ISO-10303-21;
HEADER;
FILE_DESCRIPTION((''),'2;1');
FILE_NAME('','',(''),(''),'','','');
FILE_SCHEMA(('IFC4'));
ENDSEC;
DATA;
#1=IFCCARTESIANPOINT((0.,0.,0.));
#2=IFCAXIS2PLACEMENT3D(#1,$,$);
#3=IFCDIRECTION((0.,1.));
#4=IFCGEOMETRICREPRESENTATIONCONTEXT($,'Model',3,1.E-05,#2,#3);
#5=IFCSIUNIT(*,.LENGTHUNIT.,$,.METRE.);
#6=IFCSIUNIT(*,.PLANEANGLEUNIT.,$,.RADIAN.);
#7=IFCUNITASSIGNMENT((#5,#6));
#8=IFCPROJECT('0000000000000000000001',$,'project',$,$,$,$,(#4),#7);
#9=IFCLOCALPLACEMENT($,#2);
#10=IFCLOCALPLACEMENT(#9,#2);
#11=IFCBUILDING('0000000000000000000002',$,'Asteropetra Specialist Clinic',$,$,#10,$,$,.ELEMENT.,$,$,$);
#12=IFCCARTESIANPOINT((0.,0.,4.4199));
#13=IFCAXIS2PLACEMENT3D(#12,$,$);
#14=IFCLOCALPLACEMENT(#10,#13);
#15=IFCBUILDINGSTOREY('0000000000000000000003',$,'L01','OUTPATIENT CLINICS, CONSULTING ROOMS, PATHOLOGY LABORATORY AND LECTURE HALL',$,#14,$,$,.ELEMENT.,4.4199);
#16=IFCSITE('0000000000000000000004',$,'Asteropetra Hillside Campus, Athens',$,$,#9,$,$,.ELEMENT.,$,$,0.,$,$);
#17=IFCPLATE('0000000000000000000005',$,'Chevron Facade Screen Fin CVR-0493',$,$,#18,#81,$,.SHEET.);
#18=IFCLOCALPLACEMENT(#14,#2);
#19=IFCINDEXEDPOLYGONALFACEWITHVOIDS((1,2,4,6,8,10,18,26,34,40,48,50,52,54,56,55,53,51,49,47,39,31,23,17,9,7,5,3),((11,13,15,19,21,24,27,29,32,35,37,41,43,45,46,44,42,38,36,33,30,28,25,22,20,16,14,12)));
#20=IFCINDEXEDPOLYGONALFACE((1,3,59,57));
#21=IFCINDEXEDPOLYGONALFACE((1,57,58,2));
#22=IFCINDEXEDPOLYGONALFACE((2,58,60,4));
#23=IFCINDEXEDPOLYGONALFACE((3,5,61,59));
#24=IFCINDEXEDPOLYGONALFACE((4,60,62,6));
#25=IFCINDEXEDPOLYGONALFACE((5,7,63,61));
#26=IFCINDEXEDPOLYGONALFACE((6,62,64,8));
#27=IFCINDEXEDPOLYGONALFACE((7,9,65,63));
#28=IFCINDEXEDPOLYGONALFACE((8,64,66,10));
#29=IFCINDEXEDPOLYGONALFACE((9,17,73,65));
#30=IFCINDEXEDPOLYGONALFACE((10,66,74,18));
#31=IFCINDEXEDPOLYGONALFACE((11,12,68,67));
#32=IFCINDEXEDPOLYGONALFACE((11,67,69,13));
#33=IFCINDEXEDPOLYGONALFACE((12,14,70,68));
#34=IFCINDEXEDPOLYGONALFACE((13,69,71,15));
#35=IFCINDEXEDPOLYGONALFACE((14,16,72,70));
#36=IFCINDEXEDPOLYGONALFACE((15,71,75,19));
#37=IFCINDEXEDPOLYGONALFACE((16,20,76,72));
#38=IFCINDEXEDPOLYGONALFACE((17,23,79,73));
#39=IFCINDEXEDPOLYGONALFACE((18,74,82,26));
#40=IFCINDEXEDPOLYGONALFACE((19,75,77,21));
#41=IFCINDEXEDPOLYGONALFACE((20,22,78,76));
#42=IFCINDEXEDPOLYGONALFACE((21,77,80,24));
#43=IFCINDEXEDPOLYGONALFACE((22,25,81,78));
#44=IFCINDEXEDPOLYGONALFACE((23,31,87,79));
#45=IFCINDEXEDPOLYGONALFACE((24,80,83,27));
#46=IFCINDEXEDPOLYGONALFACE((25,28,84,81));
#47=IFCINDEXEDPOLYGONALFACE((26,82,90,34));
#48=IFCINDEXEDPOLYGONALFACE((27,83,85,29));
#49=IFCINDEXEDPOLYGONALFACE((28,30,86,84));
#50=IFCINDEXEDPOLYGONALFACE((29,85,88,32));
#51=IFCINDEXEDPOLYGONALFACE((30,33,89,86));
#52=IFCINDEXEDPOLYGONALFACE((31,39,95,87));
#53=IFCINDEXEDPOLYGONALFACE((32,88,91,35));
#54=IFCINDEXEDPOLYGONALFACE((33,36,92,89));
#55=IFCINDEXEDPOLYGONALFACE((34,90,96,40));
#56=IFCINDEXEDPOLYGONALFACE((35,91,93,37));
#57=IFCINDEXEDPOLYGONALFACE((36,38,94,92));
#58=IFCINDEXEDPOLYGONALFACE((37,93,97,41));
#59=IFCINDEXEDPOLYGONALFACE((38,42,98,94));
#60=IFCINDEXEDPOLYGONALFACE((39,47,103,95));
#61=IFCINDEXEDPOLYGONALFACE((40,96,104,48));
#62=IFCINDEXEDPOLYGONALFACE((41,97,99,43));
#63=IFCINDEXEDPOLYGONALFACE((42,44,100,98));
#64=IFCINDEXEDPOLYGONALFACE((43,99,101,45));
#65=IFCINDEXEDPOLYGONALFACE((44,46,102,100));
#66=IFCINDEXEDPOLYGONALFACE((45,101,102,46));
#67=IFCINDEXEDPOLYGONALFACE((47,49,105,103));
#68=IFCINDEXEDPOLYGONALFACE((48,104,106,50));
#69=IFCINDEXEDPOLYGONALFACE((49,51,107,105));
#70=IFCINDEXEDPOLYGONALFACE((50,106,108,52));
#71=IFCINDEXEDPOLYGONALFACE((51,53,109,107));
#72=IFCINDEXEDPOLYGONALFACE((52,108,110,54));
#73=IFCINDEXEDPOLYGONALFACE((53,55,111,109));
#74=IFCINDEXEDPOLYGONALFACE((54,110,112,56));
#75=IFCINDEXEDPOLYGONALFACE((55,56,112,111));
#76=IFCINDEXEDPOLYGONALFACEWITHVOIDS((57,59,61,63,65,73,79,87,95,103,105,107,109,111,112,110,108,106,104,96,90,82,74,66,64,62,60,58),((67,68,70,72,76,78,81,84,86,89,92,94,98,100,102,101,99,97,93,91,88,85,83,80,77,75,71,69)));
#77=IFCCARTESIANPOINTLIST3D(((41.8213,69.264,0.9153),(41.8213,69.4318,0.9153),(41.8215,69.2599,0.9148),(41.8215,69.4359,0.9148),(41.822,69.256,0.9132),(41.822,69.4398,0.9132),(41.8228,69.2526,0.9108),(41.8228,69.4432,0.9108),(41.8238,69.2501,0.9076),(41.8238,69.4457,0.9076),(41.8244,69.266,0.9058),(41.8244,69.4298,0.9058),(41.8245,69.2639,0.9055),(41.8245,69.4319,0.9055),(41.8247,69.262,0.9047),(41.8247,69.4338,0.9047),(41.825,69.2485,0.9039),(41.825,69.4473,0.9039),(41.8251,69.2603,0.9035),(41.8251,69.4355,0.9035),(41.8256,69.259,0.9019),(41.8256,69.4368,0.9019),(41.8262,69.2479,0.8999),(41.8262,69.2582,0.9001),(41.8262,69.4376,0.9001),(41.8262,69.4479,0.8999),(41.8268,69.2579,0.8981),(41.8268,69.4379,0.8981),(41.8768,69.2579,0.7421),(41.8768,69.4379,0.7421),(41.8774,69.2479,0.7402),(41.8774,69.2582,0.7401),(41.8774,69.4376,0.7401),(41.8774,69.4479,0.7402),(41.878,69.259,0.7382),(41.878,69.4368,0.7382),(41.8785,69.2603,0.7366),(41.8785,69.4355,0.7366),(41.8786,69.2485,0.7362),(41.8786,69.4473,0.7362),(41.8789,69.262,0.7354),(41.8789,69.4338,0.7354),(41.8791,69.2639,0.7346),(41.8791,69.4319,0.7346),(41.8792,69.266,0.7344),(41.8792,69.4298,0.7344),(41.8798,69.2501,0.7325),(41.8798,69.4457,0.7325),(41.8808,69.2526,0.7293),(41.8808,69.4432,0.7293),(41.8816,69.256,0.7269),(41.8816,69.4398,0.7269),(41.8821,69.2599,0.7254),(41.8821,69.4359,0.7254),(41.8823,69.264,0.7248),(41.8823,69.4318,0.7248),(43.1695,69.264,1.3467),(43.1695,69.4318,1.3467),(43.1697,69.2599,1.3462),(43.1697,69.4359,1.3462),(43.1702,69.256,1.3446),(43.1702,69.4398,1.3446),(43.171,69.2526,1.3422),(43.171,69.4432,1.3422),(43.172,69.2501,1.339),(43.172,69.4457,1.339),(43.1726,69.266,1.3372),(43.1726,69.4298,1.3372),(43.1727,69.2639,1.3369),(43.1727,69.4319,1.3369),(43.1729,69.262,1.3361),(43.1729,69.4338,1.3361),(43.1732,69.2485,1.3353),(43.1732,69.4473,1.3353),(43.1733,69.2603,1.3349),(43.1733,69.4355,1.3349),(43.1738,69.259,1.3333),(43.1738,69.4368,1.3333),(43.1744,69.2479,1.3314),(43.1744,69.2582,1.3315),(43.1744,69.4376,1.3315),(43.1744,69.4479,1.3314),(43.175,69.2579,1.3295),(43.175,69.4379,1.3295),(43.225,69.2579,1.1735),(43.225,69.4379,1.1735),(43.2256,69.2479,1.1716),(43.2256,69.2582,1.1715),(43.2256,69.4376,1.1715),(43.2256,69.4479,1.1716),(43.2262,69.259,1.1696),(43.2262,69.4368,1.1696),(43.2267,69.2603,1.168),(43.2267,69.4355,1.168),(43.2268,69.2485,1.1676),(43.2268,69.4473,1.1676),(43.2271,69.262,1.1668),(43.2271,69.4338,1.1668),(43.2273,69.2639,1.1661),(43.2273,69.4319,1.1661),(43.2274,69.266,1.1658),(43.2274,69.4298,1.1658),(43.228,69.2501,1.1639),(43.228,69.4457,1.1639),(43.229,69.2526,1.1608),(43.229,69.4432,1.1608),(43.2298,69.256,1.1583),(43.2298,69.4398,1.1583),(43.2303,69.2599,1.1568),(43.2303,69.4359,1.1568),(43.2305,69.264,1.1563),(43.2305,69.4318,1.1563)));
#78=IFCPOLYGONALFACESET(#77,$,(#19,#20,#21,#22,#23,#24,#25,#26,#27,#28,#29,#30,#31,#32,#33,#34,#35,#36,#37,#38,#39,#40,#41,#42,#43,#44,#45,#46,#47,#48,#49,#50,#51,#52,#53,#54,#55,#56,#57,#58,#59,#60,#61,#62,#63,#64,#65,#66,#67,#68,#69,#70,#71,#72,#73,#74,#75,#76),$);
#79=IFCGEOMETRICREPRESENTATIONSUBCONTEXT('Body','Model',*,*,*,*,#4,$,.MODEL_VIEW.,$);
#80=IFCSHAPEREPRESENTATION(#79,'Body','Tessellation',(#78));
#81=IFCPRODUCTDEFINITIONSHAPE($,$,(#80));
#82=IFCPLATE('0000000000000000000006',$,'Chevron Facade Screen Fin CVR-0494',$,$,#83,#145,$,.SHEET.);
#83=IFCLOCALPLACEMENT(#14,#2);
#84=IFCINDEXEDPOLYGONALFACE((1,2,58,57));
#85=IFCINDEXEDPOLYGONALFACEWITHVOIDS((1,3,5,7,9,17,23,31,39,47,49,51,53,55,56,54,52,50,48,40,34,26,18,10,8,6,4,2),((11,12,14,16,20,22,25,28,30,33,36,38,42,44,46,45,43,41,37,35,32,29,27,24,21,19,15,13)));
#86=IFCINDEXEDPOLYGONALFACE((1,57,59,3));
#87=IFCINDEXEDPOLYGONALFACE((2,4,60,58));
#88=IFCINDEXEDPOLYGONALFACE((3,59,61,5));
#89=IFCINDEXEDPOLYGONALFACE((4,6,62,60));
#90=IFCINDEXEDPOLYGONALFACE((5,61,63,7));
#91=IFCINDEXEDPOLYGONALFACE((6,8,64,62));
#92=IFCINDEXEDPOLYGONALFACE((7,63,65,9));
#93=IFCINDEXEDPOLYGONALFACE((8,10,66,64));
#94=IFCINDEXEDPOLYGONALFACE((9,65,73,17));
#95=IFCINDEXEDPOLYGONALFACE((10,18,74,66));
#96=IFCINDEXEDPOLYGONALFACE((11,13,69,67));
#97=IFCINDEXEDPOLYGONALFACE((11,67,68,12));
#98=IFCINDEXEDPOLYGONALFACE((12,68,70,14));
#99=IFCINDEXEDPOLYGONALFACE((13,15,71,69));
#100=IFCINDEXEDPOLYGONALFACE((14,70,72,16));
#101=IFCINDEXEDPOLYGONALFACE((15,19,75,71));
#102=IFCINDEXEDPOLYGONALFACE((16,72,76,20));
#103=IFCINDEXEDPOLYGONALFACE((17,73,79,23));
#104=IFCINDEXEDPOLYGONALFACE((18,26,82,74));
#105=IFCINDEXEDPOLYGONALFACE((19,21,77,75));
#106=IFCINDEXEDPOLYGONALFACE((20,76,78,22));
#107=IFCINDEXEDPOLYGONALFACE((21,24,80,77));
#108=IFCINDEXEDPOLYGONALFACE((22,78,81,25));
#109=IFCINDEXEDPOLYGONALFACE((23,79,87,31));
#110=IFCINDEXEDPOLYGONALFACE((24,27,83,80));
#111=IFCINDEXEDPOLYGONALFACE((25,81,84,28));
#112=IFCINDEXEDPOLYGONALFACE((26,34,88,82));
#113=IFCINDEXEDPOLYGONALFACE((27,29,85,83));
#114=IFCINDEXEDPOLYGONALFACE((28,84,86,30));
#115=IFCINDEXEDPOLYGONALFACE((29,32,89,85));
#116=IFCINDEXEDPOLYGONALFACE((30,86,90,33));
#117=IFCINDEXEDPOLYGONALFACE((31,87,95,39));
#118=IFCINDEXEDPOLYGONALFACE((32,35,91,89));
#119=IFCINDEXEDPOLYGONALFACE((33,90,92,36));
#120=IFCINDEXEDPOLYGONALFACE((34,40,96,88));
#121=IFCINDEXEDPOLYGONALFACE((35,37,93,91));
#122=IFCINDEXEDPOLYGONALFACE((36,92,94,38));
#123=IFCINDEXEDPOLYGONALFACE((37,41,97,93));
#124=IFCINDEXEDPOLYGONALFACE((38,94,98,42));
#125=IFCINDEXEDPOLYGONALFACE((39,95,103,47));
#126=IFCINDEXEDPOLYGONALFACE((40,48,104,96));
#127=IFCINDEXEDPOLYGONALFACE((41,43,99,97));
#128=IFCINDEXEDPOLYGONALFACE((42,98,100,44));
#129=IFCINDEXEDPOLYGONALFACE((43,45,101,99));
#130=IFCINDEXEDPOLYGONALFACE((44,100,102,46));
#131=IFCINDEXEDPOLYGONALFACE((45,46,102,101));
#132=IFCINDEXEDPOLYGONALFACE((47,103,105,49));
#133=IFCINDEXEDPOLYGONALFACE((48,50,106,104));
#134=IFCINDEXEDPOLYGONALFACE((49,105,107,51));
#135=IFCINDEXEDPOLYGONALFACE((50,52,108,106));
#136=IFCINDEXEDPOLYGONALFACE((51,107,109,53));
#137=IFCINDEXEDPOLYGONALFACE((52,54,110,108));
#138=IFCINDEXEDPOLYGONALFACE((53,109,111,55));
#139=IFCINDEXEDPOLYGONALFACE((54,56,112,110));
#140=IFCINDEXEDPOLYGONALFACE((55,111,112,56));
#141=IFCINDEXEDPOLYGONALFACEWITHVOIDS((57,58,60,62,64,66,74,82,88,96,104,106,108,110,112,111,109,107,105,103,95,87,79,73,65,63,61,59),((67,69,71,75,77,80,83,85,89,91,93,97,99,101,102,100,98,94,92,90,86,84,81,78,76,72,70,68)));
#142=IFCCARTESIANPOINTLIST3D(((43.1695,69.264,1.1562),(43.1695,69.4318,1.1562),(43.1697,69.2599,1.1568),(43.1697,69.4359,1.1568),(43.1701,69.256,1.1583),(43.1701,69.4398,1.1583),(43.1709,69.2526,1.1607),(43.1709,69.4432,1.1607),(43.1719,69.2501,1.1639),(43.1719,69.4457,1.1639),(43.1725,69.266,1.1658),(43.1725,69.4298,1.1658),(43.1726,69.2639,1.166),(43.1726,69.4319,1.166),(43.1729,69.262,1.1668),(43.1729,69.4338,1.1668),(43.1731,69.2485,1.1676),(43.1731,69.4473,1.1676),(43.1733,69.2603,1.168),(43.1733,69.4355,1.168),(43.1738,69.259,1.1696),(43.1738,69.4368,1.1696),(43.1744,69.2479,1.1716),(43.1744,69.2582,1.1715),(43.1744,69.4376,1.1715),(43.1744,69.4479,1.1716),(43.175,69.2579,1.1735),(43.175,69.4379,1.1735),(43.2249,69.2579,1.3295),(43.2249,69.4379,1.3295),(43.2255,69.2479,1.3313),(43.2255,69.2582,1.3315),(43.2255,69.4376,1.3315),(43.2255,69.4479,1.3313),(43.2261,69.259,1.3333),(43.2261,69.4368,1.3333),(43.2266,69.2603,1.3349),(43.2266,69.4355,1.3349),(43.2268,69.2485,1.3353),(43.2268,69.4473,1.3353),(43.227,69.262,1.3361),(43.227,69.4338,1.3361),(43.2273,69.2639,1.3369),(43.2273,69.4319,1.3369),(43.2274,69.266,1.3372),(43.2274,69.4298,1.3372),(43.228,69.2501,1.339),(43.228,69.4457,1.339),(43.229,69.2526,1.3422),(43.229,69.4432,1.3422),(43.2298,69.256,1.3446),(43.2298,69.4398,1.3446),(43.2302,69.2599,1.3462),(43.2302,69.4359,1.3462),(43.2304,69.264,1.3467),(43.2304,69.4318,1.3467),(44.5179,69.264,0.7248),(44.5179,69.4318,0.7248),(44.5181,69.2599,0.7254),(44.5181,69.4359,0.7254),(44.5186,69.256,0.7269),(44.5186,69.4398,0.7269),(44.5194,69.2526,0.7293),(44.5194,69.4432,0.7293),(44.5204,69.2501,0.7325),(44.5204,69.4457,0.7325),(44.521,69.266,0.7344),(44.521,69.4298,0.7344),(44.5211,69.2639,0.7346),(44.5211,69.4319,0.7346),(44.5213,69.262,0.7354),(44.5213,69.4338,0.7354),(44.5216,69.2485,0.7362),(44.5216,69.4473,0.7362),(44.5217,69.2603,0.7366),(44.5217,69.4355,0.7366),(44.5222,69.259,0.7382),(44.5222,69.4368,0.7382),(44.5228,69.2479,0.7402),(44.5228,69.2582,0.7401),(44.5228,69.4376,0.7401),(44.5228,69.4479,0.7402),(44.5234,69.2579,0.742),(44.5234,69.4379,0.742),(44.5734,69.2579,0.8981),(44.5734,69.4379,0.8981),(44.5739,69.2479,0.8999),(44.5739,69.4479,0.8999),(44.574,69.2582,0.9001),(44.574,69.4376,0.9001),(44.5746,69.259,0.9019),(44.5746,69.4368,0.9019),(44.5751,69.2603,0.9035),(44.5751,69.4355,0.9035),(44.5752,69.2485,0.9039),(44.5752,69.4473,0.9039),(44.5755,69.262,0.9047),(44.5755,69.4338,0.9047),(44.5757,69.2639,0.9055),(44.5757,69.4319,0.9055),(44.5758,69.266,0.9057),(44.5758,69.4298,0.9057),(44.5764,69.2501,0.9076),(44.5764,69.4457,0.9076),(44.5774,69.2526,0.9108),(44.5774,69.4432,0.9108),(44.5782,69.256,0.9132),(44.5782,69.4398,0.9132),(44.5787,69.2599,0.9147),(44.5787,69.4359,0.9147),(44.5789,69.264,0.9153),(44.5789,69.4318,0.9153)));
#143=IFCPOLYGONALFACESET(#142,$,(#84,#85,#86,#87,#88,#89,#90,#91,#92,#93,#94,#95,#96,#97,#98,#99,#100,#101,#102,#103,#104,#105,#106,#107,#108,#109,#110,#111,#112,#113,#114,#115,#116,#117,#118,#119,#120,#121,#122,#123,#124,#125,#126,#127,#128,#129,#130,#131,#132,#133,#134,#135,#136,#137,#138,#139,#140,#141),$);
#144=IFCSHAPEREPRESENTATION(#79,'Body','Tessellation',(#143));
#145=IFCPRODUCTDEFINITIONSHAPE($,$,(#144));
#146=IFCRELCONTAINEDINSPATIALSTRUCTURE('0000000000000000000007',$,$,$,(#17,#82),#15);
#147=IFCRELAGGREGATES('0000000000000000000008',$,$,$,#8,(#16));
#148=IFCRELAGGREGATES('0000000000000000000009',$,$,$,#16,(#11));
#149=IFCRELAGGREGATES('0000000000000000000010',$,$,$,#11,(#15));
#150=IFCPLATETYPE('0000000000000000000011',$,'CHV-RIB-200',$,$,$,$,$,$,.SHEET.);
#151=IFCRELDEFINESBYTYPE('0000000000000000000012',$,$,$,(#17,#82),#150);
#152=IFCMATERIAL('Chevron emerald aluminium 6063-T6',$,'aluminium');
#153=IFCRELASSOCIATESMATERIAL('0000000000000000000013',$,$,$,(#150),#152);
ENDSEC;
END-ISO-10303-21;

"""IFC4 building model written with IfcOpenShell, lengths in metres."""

from ifc_helpers import new_model, si_unit, direction, frame, origin, origin_2d, place, context, subcontext, project, spatial, hollow_rectangle, extrude, material, material_profile, profile_set, type_object, element, save


model = new_model("IFC4")

# Units and contexts
model_context = context("Model", 3, precision=1e-05, world=origin(), true_north=direction((0.0, 1.0)))
body_context = subcontext(model_context, "Body", "Model", "MODEL_VIEW")
ifc_project = project(units=[si_unit("LENGTHUNIT", "METRE"), si_unit("PLANEANGLEUNIT", "RADIAN")], contexts=[model_context])

# Site, building, storey
site_placement = place(None, origin())
site = spatial("IfcSite", under=ifc_project, at=site_placement, Name="Asteropetra Hillside Campus, Athens", CompositionType="ELEMENT", RefElevation=0.0)
building_placement = place(site_placement, origin())
building = spatial("IfcBuilding", under=site, at=building_placement, Name="Asteropetra Specialist Clinic", CompositionType="ELEMENT")
storey_placement = place(building_placement, frame((0.0, 0.0, 4.4199)))
storey = spatial("IfcBuildingStorey", under=building, at=storey_placement, Name="L01", Description="OUTPATIENT CLINICS, CONSULTING ROOMS, PATHOLOGY LABORATORY AND LECTURE HALL", CompositionType="ELEMENT", Elevation=4.4199)

# Plates
ifc_material_1 = material(Name="Chevron emerald aluminium 6063-T6", Category="aluminium")
ifc_material_profile = material_profile(ifc_material_1, hollow_rectangle(XDim=0.2, YDim=0.2, WallThickness=0.01, InnerFilletRadius=0.0081, OuterFilletRadius=0.0161, at=origin_2d()), Name="SHS 200x200x10.0")
ifc_profile_set = profile_set([ifc_material_profile], Name="Chevron emerald aluminium 6063-T6")
plate_type_1 = type_object("IfcPlateType", Name="CHV-RIB-200", PredefinedType="SHEET", material=ifc_profile_set)
plate_1_placement = place(storey_placement, frame((41.8518, 69.3479, 0.8201), z_axis=(0.952426, 0.0, 0.304769), x_axis=(0.0, 1.0, 0.0)))
element("IfcPlate", 1, at=plate_1_placement, inside=storey, type_object=plate_type_1, Name="Chevron Facade Screen Fin CVR-0493", PredefinedType="SHEET", context=body_context, shape_type="SweptSolid", body=[
    extrude(hollow_rectangle(XDim=0.2, YDim=0.2, WallThickness=0.01, InnerFilletRadius=0.0081, OuterFilletRadius=0.0161, at=origin_2d()), origin(), (0.0, 0.0, 1.0), 1.4155),
])
plate_2_placement = place(storey_placement, frame((43.2, 69.3479, 1.2515), z_axis=(0.952442, 0.0, -0.304719), x_axis=(0.0, 1.0, 0.0)))
element("IfcPlate", 2, at=plate_2_placement, inside=storey, type_object=plate_type_1, Name="Chevron Facade Screen Fin CVR-0494", PredefinedType="SHEET", context=body_context, shape_type="SweptSolid", body=[
    extrude(hollow_rectangle(XDim=0.2, YDim=0.2, WallThickness=0.01, InnerFilletRadius=0.0081, OuterFilletRadius=0.0161, at=origin_2d()), origin(), (0.0, 0.0, 1.0), 1.4158),
])

save(model, "model.ifc")
